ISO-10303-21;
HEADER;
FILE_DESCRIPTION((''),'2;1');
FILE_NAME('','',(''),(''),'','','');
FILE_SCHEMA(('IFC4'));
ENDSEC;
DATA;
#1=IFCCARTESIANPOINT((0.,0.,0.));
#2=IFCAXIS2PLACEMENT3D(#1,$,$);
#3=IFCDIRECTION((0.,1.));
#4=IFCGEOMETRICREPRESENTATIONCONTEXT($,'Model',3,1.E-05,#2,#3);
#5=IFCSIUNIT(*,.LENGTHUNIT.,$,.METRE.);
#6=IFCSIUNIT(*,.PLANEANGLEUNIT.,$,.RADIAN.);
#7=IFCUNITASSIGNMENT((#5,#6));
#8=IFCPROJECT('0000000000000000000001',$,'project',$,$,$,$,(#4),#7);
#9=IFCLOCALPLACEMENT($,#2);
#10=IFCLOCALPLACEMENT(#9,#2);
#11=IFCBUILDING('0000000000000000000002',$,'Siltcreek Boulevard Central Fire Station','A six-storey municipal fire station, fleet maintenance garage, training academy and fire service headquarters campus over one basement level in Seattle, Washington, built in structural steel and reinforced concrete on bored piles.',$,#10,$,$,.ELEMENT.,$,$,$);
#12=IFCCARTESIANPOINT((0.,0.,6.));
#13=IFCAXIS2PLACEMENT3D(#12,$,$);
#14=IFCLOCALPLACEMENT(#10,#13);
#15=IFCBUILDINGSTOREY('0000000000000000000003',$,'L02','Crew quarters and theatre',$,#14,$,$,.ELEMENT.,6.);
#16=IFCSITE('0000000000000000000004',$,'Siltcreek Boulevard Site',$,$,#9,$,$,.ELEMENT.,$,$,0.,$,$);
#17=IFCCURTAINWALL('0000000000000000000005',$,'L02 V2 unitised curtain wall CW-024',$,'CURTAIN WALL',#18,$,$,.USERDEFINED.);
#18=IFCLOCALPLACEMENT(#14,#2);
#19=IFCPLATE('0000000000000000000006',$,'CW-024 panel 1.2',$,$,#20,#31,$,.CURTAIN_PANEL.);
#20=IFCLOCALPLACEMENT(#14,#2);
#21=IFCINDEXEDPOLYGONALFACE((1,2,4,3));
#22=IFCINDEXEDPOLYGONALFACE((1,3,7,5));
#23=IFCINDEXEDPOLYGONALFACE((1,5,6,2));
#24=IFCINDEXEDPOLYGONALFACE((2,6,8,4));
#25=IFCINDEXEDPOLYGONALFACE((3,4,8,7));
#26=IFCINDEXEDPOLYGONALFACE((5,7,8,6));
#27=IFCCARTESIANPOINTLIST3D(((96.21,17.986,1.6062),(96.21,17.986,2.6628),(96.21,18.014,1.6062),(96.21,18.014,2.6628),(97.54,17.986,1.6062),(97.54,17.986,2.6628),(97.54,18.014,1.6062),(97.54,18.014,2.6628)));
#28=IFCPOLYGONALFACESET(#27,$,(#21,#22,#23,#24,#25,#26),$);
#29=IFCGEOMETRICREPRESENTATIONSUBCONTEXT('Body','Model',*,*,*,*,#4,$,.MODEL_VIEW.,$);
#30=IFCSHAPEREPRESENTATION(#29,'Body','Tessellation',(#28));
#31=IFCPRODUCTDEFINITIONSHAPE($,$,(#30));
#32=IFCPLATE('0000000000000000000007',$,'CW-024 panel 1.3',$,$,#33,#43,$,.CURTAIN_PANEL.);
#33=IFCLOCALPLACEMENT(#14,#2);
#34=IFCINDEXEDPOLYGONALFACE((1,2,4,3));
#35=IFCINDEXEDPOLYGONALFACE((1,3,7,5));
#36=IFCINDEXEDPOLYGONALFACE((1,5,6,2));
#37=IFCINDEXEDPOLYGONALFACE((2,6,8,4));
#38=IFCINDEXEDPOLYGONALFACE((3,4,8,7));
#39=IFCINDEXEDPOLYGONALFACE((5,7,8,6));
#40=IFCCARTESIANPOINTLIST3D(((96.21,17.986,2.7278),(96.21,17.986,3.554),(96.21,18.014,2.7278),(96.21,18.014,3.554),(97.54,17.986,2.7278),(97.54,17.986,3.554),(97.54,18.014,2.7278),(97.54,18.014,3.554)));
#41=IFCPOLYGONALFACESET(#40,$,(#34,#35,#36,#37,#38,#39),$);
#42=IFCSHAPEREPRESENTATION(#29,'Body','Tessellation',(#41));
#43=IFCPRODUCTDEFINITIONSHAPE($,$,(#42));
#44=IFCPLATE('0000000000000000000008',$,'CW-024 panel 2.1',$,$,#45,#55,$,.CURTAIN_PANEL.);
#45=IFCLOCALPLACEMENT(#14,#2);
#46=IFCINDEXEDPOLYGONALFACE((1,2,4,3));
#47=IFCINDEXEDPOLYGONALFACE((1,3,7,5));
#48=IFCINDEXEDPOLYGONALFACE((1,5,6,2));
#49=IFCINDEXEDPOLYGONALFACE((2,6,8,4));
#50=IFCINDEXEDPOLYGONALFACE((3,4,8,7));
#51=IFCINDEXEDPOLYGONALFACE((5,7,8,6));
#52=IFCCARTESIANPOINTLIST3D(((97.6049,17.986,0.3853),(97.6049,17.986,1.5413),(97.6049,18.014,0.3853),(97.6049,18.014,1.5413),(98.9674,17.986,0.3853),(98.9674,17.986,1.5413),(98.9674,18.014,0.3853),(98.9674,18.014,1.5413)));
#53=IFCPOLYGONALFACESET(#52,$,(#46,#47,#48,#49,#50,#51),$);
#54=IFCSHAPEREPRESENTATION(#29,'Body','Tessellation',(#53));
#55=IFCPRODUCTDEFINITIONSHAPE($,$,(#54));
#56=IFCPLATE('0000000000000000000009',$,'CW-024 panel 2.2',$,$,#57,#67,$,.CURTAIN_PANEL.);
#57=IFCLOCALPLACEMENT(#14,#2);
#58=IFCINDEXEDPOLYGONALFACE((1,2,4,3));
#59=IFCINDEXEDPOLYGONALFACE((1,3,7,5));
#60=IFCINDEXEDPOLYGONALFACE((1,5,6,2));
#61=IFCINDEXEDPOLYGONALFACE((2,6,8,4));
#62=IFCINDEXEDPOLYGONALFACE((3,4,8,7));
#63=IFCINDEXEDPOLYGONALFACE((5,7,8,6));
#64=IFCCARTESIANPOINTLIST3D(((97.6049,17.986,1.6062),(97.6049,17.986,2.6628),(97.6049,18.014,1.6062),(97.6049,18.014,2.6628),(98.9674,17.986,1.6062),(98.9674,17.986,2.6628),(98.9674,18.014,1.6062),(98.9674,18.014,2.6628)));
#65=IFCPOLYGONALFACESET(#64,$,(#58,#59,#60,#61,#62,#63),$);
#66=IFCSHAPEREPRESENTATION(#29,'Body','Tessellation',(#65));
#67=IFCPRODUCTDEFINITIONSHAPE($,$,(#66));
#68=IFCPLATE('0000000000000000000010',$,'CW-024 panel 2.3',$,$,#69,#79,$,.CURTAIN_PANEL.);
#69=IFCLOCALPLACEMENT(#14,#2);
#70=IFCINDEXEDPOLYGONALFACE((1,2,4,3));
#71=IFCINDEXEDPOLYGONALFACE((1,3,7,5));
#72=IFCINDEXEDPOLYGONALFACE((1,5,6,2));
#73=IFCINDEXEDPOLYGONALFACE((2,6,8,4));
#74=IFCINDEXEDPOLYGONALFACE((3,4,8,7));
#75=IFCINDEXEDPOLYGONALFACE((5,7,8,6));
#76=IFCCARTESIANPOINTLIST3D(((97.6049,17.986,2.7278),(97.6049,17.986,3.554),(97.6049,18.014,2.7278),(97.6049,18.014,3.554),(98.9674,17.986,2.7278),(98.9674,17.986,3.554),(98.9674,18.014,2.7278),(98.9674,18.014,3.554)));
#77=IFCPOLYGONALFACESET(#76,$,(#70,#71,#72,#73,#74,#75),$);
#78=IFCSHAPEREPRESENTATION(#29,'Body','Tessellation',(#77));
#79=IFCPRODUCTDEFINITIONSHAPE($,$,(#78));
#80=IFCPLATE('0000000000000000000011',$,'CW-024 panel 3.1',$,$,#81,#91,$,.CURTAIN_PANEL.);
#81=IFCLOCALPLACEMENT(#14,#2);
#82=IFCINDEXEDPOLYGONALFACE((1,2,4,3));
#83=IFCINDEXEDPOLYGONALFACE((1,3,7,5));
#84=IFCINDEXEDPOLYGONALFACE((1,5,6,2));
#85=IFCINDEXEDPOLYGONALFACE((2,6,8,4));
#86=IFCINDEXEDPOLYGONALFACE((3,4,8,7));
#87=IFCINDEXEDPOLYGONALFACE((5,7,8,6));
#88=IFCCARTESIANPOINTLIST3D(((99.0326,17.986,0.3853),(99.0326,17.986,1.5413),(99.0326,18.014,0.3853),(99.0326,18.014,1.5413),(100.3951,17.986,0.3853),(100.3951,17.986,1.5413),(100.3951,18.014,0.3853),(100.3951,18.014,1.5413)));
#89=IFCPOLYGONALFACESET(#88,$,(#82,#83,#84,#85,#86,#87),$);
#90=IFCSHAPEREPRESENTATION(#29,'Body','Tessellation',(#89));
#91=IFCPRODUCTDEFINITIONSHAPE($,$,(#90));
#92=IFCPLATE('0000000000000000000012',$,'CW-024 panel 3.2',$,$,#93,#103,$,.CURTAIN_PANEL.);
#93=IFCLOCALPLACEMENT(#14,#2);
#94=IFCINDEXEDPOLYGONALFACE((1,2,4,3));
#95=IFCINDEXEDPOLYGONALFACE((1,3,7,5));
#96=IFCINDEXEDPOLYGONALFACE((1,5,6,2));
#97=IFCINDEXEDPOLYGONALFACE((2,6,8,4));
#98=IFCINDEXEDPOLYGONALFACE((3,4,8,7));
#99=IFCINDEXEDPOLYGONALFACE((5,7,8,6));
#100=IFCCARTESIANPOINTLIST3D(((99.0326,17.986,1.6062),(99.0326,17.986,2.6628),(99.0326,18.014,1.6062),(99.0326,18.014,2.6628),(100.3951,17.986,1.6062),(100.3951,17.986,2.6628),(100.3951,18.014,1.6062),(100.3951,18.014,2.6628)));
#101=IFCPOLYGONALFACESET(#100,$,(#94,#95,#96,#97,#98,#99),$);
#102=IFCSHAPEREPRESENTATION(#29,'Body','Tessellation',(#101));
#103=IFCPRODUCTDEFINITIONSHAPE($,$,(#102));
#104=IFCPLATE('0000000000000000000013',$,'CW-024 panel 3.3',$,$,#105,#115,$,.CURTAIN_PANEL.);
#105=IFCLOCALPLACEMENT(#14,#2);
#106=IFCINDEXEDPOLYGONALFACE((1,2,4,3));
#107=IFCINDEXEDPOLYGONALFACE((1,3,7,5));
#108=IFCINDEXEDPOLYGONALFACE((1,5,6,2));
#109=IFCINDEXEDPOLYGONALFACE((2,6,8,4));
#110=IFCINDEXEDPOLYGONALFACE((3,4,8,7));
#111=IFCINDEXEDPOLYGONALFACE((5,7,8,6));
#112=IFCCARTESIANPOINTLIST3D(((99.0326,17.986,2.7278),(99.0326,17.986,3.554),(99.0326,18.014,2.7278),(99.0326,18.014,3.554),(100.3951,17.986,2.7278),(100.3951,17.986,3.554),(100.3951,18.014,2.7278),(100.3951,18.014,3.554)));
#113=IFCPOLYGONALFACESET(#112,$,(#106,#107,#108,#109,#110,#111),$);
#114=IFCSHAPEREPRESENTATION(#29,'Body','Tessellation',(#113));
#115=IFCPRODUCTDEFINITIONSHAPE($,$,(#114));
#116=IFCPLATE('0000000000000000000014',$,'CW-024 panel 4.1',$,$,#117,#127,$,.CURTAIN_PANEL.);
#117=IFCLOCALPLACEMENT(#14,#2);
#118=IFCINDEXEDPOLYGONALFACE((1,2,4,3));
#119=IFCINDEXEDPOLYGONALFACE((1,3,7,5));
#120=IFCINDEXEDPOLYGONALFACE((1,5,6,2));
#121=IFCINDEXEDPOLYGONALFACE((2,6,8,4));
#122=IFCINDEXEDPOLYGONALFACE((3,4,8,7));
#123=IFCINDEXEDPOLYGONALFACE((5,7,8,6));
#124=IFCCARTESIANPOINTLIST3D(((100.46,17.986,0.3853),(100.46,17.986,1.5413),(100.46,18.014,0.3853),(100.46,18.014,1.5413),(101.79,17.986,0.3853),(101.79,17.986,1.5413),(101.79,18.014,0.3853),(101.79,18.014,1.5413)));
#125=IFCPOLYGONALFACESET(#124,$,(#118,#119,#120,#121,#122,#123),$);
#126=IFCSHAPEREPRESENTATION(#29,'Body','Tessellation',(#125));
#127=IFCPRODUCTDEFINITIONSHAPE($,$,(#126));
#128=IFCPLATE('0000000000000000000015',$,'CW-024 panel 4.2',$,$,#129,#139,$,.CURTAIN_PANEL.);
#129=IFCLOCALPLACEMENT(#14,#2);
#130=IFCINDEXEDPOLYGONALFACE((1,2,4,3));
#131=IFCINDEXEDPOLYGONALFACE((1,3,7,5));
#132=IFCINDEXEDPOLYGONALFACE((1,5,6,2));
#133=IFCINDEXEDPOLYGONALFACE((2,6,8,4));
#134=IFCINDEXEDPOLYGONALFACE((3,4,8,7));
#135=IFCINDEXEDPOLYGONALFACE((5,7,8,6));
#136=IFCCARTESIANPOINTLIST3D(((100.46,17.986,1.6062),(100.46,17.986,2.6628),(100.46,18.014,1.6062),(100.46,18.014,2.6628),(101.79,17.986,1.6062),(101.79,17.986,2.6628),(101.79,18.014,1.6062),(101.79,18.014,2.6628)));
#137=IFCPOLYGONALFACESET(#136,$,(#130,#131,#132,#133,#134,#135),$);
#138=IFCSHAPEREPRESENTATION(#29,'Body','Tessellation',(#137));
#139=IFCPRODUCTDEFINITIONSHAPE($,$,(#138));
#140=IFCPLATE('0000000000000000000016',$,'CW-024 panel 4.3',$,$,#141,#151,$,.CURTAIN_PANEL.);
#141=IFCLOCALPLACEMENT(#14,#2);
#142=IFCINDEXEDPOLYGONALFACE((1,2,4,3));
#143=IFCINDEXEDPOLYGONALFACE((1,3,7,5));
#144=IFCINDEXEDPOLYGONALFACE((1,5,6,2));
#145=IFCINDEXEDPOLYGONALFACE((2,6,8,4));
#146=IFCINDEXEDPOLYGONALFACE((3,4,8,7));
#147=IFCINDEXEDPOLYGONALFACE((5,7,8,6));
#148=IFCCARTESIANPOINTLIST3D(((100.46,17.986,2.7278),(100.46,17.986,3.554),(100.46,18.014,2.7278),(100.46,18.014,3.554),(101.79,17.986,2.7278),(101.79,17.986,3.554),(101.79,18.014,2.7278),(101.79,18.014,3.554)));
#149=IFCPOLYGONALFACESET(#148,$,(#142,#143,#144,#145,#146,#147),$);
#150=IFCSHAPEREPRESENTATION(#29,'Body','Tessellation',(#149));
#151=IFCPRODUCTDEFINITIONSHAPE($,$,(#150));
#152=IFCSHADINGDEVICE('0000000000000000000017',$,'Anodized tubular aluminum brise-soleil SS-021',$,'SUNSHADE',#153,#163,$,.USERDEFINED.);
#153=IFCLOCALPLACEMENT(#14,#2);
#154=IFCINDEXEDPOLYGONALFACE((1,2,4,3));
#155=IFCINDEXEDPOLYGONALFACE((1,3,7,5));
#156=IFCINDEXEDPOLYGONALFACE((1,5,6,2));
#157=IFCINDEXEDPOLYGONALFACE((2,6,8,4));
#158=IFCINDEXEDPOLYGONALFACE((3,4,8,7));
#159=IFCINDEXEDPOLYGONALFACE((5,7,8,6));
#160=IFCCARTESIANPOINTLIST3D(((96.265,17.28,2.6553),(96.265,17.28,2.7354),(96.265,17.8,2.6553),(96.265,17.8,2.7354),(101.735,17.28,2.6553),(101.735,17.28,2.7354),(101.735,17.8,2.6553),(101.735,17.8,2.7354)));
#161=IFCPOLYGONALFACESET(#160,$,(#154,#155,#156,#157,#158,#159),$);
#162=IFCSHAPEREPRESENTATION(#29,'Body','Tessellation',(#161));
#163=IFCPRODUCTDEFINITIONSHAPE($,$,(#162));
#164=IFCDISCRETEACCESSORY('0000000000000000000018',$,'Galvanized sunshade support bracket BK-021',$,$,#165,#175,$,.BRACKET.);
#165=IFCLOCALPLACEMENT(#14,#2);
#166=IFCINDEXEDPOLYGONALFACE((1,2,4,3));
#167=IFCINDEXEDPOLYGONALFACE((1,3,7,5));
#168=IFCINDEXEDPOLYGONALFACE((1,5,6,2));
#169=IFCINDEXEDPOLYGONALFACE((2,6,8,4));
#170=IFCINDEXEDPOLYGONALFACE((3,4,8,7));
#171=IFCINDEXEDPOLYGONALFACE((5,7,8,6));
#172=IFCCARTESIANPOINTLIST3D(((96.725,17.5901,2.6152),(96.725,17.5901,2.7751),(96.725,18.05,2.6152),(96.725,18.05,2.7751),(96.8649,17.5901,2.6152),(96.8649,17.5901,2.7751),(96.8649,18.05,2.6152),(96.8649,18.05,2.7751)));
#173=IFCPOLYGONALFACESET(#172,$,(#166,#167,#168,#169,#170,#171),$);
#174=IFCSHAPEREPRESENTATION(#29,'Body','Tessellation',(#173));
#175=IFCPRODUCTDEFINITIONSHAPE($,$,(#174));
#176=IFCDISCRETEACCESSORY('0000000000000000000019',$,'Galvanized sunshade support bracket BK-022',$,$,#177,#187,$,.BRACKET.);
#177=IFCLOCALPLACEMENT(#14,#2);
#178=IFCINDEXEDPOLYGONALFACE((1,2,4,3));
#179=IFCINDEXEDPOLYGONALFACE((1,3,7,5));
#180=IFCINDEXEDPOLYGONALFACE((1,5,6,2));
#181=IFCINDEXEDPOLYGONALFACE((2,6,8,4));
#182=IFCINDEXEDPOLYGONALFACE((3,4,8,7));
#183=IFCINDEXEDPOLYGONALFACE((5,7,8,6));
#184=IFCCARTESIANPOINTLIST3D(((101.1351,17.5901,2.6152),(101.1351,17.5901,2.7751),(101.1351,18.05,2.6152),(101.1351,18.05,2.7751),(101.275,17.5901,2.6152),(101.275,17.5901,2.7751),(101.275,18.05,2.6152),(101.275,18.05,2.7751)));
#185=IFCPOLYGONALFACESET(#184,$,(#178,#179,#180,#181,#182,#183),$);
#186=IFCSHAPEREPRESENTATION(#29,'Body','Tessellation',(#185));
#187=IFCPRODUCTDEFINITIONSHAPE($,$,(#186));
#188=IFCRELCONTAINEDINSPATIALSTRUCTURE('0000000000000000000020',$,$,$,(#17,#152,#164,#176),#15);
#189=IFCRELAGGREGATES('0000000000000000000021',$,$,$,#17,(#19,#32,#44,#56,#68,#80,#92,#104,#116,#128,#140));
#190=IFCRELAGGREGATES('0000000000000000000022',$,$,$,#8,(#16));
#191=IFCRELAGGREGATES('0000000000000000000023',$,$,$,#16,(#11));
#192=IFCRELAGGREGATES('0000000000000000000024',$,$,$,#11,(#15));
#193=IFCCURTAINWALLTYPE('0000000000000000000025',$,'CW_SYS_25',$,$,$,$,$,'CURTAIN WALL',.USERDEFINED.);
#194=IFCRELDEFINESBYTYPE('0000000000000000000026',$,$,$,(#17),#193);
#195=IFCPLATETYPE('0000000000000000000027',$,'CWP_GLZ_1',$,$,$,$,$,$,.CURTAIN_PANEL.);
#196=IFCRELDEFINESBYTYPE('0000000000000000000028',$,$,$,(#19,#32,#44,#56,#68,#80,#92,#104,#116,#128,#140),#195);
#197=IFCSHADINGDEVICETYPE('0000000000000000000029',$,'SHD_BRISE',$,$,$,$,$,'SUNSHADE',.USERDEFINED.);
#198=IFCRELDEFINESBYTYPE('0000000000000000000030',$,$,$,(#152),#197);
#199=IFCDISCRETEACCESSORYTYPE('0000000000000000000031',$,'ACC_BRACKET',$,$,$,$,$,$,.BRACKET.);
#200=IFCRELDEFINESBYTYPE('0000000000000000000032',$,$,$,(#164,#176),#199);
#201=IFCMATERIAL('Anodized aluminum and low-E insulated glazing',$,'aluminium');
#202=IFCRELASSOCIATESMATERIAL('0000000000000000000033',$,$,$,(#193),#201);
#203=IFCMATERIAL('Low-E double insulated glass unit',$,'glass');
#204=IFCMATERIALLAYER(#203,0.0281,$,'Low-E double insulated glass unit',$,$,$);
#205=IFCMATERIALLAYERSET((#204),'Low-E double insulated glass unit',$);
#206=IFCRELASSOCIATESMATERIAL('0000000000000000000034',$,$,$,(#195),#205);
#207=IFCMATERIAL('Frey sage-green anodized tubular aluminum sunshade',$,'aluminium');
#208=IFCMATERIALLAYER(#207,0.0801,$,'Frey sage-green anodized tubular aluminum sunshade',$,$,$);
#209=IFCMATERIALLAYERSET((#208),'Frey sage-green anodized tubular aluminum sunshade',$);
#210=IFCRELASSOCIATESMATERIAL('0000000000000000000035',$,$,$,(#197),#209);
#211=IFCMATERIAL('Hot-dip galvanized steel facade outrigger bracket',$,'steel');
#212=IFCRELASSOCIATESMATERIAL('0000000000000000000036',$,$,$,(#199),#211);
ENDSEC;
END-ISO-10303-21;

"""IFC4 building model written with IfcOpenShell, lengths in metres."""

from ifc_helpers import new_model, si_unit, direction, frame, origin, origin_2d, place, context, subcontext, project, spatial, rectangle, extrude, material, layer, layer_set, type_object, element, aggregate, save


model = new_model("IFC4")

# Units and contexts
model_context = context("Model", 3, precision=1e-05, world=origin(), true_north=direction((0.0, 1.0)))
body_context = subcontext(model_context, "Body", "Model", "MODEL_VIEW")
ifc_project = project(units=[si_unit("LENGTHUNIT", "METRE"), si_unit("PLANEANGLEUNIT", "RADIAN")], contexts=[model_context])

# Site, building, storey
site_placement = place(None, origin())
site = spatial("IfcSite", under=ifc_project, at=site_placement, Name="Siltcreek Boulevard Site", CompositionType="ELEMENT", RefElevation=0.0)
building_placement = place(site_placement, origin())
building = spatial("IfcBuilding", under=site, at=building_placement, Name="Siltcreek Boulevard Central Fire Station", Description="A six-storey municipal fire station, fleet maintenance garage, training academy and fire service headquarters campus over one basement level in Seattle, Washington, built in structural steel and reinforced concrete on bored piles.", CompositionType="ELEMENT")
storey_placement = place(building_placement, frame((0.0, 0.0, 6.0)))
storey = spatial("IfcBuildingStorey", under=building, at=storey_placement, Name="L02", Description="Crew quarters and theatre", CompositionType="ELEMENT", Elevation=6.0)

# Curtain wall
ifc_material_1 = material(Name="Anodized aluminum and low-E insulated glazing", Category="aluminium")
curtain_wall_type = type_object("IfcCurtainWallType", Name="CW_SYS_25", ElementType="CURTAIN WALL", PredefinedType="USERDEFINED", material=ifc_material_1)
curtain_wall_placement = place(storey_placement, origin())
curtain_wall = element("IfcCurtainWall", 1, at=curtain_wall_placement, inside=storey, type_object=curtain_wall_type, Name="L02 V2 unitised curtain wall CW-024", ObjectType="CURTAIN WALL", PredefinedType="USERDEFINED")

# Plates
ifc_material_2 = material(Name="Low-E double insulated glass unit", Category="glass")
ifc_layer_1 = layer(ifc_material_2, 0.0281, Name="Low-E double insulated glass unit")
ifc_layer_set_1 = layer_set([ifc_layer_1], Name="Low-E double insulated glass unit")
plate_type = type_object("IfcPlateType", Name="CWP_GLZ_1", PredefinedType="CURTAIN_PANEL", material=ifc_layer_set_1)
plate_1_placement = place(storey_placement, frame((96.875, 18.0, 1.6062), z_axis=(0.0, 0.0, 1.0), x_axis=(1.0, 0.0, 0.0)))
plate_1 = element("IfcPlate", 2, at=plate_1_placement, type_object=plate_type, Name="CW-024 panel 1.2", PredefinedType="CURTAIN_PANEL", context=body_context, shape_type="SweptSolid", body=[
    extrude(rectangle(XDim=1.3301, YDim=0.0281, at=origin_2d()), origin(), (0.0, 0.0, 1.0), 1.0566),
])
plate_2_placement = place(storey_placement, frame((96.875, 18.0, 2.7278), z_axis=(0.0, 0.0, 1.0), x_axis=(1.0, 0.0, 0.0)))
plate_2 = element("IfcPlate", 3, at=plate_2_placement, type_object=plate_type, Name="CW-024 panel 1.3", PredefinedType="CURTAIN_PANEL", context=body_context, shape_type="SweptSolid", body=[
    extrude(rectangle(XDim=1.3301, YDim=0.0281, at=origin_2d()), origin(), (0.0, 0.0, 1.0), 0.8262),
])
plate_3_placement = place(storey_placement, frame((98.2861, 18.0, 0.3853), z_axis=(0.0, 0.0, 1.0), x_axis=(1.0, 0.0, 0.0)))
plate_3 = element("IfcPlate", 4, at=plate_3_placement, type_object=plate_type, Name="CW-024 panel 2.1", PredefinedType="CURTAIN_PANEL", context=body_context, shape_type="SweptSolid", body=[
    extrude(rectangle(XDim=1.3625, YDim=0.0281, at=origin_2d()), origin(), (0.0, 0.0, 1.0), 1.156),
])
plate_4_placement = place(storey_placement, frame((98.2861, 18.0, 1.6062), z_axis=(0.0, 0.0, 1.0), x_axis=(1.0, 0.0, 0.0)))
plate_4 = element("IfcPlate", 5, at=plate_4_placement, type_object=plate_type, Name="CW-024 panel 2.2", PredefinedType="CURTAIN_PANEL", context=body_context, shape_type="SweptSolid", body=[
    extrude(rectangle(XDim=1.3625, YDim=0.0281, at=origin_2d()), origin(), (0.0, 0.0, 1.0), 1.0566),
])
plate_5_placement = place(storey_placement, frame((98.2861, 18.0, 2.7278), z_axis=(0.0, 0.0, 1.0), x_axis=(1.0, 0.0, 0.0)))
plate_5 = element("IfcPlate", 6, at=plate_5_placement, type_object=plate_type, Name="CW-024 panel 2.3", PredefinedType="CURTAIN_PANEL", context=body_context, shape_type="SweptSolid", body=[
    extrude(rectangle(XDim=1.3625, YDim=0.0281, at=origin_2d()), origin(), (0.0, 0.0, 1.0), 0.8262),
])
plate_6_placement = place(storey_placement, frame((99.7139, 18.0, 0.3853), z_axis=(0.0, 0.0, 1.0), x_axis=(1.0, 0.0, 0.0)))
plate_6 = element("IfcPlate", 7, at=plate_6_placement, type_object=plate_type, Name="CW-024 panel 3.1", PredefinedType="CURTAIN_PANEL", context=body_context, shape_type="SweptSolid", body=[
    extrude(rectangle(XDim=1.3625, YDim=0.0281, at=origin_2d()), origin(), (0.0, 0.0, 1.0), 1.156),
])
plate_7_placement = place(storey_placement, frame((99.7139, 18.0, 1.6062), z_axis=(0.0, 0.0, 1.0), x_axis=(1.0, 0.0, 0.0)))
plate_7 = element("IfcPlate", 8, at=plate_7_placement, type_object=plate_type, Name="CW-024 panel 3.2", PredefinedType="CURTAIN_PANEL", context=body_context, shape_type="SweptSolid", body=[
    extrude(rectangle(XDim=1.3625, YDim=0.0281, at=origin_2d()), origin(), (0.0, 0.0, 1.0), 1.0566),
])
plate_8_placement = place(storey_placement, frame((99.7139, 18.0, 2.7278), z_axis=(0.0, 0.0, 1.0), x_axis=(1.0, 0.0, 0.0)))
plate_8 = element("IfcPlate", 9, at=plate_8_placement, type_object=plate_type, Name="CW-024 panel 3.3", PredefinedType="CURTAIN_PANEL", context=body_context, shape_type="SweptSolid", body=[
    extrude(rectangle(XDim=1.3625, YDim=0.0281, at=origin_2d()), origin(), (0.0, 0.0, 1.0), 0.8262),
])
plate_9_placement = place(storey_placement, frame((101.125, 18.0, 0.3853), z_axis=(0.0, 0.0, 1.0), x_axis=(1.0, 0.0, 0.0)))
plate_9 = element("IfcPlate", 10, at=plate_9_placement, type_object=plate_type, Name="CW-024 panel 4.1", PredefinedType="CURTAIN_PANEL", context=body_context, shape_type="SweptSolid", body=[
    extrude(rectangle(XDim=1.3301, YDim=0.0281, at=origin_2d()), origin(), (0.0, 0.0, 1.0), 1.156),
])
plate_10_placement = place(storey_placement, frame((101.125, 18.0, 1.6062), z_axis=(0.0, 0.0, 1.0), x_axis=(1.0, 0.0, 0.0)))
plate_10 = element("IfcPlate", 11, at=plate_10_placement, type_object=plate_type, Name="CW-024 panel 4.2", PredefinedType="CURTAIN_PANEL", context=body_context, shape_type="SweptSolid", body=[
    extrude(rectangle(XDim=1.3301, YDim=0.0281, at=origin_2d()), origin(), (0.0, 0.0, 1.0), 1.0566),
])
plate_11_placement = place(storey_placement, frame((101.125, 18.0, 2.7278), z_axis=(0.0, 0.0, 1.0), x_axis=(1.0, 0.0, 0.0)))
plate_11 = element("IfcPlate", 12, at=plate_11_placement, type_object=plate_type, Name="CW-024 panel 4.3", PredefinedType="CURTAIN_PANEL", context=body_context, shape_type="SweptSolid", body=[
    extrude(rectangle(XDim=1.3301, YDim=0.0281, at=origin_2d()), origin(), (0.0, 0.0, 1.0), 0.8262),
])
aggregate(curtain_wall, [plate_1, plate_2, plate_3, plate_4, plate_5, plate_6, plate_7, plate_8, plate_9, plate_10, plate_11])

# Shading device
ifc_material_3 = material(Name="Frey sage-green anodized tubular aluminum sunshade", Category="aluminium")
ifc_layer_2 = layer(ifc_material_3, 0.0801, Name="Frey sage-green anodized tubular aluminum sunshade")
ifc_layer_set_2 = layer_set([ifc_layer_2], Name="Frey sage-green anodized tubular aluminum sunshade")
shading_device_type = type_object("IfcShadingDeviceType", Name="SHD_BRISE", ElementType="SUNSHADE", PredefinedType="USERDEFINED", material=ifc_layer_set_2)
shading_device_placement = place(storey_placement, frame((99.0, 17.54, 2.6553), z_axis=(0.0, 0.0, 1.0), x_axis=(1.0, 0.0, 0.0)))
element("IfcShadingDevice", 13, at=shading_device_placement, inside=storey, type_object=shading_device_type, Name="Anodized tubular aluminum brise-soleil SS-021", ObjectType="SUNSHADE", PredefinedType="USERDEFINED", context=body_context, shape_type="SweptSolid", body=[
    extrude(rectangle(XDim=5.47, YDim=0.52, at=origin_2d()), origin(), (0.0, 0.0, 1.0), 0.0801),
])

# Discrete accessories
ifc_material_4 = material(Name="Hot-dip galvanized steel facade outrigger bracket", Category="steel")
discrete_accessory_type = type_object("IfcDiscreteAccessoryType", Name="ACC_BRACKET", PredefinedType="BRACKET", material=ifc_material_4)
for number, where, z_axis, x_axis, name in (
    (14, (96.7949, 17.8201, 2.6152), (0.0, 0.0, 1.0), (1.0, 0.0, 0.0), "Galvanized sunshade support bracket BK-021"),
    (15, (101.2051, 17.8201, 2.6152), (0.0, 0.0, 1.0), (1.0, 0.0, 0.0), "Galvanized sunshade support bracket BK-022"),
):
    element("IfcDiscreteAccessory", number, at=place(storey_placement, frame(where, z_axis=z_axis, x_axis=x_axis)), inside=storey, type_object=discrete_accessory_type, Name=name, PredefinedType="BRACKET", context=body_context, shape_type="SweptSolid", body=[
        extrude(rectangle(XDim=0.1399, YDim=0.46, at=origin_2d()), origin(), (0.0, 0.0, 1.0), 0.1599),
    ])

save(model, "model.ifc")
